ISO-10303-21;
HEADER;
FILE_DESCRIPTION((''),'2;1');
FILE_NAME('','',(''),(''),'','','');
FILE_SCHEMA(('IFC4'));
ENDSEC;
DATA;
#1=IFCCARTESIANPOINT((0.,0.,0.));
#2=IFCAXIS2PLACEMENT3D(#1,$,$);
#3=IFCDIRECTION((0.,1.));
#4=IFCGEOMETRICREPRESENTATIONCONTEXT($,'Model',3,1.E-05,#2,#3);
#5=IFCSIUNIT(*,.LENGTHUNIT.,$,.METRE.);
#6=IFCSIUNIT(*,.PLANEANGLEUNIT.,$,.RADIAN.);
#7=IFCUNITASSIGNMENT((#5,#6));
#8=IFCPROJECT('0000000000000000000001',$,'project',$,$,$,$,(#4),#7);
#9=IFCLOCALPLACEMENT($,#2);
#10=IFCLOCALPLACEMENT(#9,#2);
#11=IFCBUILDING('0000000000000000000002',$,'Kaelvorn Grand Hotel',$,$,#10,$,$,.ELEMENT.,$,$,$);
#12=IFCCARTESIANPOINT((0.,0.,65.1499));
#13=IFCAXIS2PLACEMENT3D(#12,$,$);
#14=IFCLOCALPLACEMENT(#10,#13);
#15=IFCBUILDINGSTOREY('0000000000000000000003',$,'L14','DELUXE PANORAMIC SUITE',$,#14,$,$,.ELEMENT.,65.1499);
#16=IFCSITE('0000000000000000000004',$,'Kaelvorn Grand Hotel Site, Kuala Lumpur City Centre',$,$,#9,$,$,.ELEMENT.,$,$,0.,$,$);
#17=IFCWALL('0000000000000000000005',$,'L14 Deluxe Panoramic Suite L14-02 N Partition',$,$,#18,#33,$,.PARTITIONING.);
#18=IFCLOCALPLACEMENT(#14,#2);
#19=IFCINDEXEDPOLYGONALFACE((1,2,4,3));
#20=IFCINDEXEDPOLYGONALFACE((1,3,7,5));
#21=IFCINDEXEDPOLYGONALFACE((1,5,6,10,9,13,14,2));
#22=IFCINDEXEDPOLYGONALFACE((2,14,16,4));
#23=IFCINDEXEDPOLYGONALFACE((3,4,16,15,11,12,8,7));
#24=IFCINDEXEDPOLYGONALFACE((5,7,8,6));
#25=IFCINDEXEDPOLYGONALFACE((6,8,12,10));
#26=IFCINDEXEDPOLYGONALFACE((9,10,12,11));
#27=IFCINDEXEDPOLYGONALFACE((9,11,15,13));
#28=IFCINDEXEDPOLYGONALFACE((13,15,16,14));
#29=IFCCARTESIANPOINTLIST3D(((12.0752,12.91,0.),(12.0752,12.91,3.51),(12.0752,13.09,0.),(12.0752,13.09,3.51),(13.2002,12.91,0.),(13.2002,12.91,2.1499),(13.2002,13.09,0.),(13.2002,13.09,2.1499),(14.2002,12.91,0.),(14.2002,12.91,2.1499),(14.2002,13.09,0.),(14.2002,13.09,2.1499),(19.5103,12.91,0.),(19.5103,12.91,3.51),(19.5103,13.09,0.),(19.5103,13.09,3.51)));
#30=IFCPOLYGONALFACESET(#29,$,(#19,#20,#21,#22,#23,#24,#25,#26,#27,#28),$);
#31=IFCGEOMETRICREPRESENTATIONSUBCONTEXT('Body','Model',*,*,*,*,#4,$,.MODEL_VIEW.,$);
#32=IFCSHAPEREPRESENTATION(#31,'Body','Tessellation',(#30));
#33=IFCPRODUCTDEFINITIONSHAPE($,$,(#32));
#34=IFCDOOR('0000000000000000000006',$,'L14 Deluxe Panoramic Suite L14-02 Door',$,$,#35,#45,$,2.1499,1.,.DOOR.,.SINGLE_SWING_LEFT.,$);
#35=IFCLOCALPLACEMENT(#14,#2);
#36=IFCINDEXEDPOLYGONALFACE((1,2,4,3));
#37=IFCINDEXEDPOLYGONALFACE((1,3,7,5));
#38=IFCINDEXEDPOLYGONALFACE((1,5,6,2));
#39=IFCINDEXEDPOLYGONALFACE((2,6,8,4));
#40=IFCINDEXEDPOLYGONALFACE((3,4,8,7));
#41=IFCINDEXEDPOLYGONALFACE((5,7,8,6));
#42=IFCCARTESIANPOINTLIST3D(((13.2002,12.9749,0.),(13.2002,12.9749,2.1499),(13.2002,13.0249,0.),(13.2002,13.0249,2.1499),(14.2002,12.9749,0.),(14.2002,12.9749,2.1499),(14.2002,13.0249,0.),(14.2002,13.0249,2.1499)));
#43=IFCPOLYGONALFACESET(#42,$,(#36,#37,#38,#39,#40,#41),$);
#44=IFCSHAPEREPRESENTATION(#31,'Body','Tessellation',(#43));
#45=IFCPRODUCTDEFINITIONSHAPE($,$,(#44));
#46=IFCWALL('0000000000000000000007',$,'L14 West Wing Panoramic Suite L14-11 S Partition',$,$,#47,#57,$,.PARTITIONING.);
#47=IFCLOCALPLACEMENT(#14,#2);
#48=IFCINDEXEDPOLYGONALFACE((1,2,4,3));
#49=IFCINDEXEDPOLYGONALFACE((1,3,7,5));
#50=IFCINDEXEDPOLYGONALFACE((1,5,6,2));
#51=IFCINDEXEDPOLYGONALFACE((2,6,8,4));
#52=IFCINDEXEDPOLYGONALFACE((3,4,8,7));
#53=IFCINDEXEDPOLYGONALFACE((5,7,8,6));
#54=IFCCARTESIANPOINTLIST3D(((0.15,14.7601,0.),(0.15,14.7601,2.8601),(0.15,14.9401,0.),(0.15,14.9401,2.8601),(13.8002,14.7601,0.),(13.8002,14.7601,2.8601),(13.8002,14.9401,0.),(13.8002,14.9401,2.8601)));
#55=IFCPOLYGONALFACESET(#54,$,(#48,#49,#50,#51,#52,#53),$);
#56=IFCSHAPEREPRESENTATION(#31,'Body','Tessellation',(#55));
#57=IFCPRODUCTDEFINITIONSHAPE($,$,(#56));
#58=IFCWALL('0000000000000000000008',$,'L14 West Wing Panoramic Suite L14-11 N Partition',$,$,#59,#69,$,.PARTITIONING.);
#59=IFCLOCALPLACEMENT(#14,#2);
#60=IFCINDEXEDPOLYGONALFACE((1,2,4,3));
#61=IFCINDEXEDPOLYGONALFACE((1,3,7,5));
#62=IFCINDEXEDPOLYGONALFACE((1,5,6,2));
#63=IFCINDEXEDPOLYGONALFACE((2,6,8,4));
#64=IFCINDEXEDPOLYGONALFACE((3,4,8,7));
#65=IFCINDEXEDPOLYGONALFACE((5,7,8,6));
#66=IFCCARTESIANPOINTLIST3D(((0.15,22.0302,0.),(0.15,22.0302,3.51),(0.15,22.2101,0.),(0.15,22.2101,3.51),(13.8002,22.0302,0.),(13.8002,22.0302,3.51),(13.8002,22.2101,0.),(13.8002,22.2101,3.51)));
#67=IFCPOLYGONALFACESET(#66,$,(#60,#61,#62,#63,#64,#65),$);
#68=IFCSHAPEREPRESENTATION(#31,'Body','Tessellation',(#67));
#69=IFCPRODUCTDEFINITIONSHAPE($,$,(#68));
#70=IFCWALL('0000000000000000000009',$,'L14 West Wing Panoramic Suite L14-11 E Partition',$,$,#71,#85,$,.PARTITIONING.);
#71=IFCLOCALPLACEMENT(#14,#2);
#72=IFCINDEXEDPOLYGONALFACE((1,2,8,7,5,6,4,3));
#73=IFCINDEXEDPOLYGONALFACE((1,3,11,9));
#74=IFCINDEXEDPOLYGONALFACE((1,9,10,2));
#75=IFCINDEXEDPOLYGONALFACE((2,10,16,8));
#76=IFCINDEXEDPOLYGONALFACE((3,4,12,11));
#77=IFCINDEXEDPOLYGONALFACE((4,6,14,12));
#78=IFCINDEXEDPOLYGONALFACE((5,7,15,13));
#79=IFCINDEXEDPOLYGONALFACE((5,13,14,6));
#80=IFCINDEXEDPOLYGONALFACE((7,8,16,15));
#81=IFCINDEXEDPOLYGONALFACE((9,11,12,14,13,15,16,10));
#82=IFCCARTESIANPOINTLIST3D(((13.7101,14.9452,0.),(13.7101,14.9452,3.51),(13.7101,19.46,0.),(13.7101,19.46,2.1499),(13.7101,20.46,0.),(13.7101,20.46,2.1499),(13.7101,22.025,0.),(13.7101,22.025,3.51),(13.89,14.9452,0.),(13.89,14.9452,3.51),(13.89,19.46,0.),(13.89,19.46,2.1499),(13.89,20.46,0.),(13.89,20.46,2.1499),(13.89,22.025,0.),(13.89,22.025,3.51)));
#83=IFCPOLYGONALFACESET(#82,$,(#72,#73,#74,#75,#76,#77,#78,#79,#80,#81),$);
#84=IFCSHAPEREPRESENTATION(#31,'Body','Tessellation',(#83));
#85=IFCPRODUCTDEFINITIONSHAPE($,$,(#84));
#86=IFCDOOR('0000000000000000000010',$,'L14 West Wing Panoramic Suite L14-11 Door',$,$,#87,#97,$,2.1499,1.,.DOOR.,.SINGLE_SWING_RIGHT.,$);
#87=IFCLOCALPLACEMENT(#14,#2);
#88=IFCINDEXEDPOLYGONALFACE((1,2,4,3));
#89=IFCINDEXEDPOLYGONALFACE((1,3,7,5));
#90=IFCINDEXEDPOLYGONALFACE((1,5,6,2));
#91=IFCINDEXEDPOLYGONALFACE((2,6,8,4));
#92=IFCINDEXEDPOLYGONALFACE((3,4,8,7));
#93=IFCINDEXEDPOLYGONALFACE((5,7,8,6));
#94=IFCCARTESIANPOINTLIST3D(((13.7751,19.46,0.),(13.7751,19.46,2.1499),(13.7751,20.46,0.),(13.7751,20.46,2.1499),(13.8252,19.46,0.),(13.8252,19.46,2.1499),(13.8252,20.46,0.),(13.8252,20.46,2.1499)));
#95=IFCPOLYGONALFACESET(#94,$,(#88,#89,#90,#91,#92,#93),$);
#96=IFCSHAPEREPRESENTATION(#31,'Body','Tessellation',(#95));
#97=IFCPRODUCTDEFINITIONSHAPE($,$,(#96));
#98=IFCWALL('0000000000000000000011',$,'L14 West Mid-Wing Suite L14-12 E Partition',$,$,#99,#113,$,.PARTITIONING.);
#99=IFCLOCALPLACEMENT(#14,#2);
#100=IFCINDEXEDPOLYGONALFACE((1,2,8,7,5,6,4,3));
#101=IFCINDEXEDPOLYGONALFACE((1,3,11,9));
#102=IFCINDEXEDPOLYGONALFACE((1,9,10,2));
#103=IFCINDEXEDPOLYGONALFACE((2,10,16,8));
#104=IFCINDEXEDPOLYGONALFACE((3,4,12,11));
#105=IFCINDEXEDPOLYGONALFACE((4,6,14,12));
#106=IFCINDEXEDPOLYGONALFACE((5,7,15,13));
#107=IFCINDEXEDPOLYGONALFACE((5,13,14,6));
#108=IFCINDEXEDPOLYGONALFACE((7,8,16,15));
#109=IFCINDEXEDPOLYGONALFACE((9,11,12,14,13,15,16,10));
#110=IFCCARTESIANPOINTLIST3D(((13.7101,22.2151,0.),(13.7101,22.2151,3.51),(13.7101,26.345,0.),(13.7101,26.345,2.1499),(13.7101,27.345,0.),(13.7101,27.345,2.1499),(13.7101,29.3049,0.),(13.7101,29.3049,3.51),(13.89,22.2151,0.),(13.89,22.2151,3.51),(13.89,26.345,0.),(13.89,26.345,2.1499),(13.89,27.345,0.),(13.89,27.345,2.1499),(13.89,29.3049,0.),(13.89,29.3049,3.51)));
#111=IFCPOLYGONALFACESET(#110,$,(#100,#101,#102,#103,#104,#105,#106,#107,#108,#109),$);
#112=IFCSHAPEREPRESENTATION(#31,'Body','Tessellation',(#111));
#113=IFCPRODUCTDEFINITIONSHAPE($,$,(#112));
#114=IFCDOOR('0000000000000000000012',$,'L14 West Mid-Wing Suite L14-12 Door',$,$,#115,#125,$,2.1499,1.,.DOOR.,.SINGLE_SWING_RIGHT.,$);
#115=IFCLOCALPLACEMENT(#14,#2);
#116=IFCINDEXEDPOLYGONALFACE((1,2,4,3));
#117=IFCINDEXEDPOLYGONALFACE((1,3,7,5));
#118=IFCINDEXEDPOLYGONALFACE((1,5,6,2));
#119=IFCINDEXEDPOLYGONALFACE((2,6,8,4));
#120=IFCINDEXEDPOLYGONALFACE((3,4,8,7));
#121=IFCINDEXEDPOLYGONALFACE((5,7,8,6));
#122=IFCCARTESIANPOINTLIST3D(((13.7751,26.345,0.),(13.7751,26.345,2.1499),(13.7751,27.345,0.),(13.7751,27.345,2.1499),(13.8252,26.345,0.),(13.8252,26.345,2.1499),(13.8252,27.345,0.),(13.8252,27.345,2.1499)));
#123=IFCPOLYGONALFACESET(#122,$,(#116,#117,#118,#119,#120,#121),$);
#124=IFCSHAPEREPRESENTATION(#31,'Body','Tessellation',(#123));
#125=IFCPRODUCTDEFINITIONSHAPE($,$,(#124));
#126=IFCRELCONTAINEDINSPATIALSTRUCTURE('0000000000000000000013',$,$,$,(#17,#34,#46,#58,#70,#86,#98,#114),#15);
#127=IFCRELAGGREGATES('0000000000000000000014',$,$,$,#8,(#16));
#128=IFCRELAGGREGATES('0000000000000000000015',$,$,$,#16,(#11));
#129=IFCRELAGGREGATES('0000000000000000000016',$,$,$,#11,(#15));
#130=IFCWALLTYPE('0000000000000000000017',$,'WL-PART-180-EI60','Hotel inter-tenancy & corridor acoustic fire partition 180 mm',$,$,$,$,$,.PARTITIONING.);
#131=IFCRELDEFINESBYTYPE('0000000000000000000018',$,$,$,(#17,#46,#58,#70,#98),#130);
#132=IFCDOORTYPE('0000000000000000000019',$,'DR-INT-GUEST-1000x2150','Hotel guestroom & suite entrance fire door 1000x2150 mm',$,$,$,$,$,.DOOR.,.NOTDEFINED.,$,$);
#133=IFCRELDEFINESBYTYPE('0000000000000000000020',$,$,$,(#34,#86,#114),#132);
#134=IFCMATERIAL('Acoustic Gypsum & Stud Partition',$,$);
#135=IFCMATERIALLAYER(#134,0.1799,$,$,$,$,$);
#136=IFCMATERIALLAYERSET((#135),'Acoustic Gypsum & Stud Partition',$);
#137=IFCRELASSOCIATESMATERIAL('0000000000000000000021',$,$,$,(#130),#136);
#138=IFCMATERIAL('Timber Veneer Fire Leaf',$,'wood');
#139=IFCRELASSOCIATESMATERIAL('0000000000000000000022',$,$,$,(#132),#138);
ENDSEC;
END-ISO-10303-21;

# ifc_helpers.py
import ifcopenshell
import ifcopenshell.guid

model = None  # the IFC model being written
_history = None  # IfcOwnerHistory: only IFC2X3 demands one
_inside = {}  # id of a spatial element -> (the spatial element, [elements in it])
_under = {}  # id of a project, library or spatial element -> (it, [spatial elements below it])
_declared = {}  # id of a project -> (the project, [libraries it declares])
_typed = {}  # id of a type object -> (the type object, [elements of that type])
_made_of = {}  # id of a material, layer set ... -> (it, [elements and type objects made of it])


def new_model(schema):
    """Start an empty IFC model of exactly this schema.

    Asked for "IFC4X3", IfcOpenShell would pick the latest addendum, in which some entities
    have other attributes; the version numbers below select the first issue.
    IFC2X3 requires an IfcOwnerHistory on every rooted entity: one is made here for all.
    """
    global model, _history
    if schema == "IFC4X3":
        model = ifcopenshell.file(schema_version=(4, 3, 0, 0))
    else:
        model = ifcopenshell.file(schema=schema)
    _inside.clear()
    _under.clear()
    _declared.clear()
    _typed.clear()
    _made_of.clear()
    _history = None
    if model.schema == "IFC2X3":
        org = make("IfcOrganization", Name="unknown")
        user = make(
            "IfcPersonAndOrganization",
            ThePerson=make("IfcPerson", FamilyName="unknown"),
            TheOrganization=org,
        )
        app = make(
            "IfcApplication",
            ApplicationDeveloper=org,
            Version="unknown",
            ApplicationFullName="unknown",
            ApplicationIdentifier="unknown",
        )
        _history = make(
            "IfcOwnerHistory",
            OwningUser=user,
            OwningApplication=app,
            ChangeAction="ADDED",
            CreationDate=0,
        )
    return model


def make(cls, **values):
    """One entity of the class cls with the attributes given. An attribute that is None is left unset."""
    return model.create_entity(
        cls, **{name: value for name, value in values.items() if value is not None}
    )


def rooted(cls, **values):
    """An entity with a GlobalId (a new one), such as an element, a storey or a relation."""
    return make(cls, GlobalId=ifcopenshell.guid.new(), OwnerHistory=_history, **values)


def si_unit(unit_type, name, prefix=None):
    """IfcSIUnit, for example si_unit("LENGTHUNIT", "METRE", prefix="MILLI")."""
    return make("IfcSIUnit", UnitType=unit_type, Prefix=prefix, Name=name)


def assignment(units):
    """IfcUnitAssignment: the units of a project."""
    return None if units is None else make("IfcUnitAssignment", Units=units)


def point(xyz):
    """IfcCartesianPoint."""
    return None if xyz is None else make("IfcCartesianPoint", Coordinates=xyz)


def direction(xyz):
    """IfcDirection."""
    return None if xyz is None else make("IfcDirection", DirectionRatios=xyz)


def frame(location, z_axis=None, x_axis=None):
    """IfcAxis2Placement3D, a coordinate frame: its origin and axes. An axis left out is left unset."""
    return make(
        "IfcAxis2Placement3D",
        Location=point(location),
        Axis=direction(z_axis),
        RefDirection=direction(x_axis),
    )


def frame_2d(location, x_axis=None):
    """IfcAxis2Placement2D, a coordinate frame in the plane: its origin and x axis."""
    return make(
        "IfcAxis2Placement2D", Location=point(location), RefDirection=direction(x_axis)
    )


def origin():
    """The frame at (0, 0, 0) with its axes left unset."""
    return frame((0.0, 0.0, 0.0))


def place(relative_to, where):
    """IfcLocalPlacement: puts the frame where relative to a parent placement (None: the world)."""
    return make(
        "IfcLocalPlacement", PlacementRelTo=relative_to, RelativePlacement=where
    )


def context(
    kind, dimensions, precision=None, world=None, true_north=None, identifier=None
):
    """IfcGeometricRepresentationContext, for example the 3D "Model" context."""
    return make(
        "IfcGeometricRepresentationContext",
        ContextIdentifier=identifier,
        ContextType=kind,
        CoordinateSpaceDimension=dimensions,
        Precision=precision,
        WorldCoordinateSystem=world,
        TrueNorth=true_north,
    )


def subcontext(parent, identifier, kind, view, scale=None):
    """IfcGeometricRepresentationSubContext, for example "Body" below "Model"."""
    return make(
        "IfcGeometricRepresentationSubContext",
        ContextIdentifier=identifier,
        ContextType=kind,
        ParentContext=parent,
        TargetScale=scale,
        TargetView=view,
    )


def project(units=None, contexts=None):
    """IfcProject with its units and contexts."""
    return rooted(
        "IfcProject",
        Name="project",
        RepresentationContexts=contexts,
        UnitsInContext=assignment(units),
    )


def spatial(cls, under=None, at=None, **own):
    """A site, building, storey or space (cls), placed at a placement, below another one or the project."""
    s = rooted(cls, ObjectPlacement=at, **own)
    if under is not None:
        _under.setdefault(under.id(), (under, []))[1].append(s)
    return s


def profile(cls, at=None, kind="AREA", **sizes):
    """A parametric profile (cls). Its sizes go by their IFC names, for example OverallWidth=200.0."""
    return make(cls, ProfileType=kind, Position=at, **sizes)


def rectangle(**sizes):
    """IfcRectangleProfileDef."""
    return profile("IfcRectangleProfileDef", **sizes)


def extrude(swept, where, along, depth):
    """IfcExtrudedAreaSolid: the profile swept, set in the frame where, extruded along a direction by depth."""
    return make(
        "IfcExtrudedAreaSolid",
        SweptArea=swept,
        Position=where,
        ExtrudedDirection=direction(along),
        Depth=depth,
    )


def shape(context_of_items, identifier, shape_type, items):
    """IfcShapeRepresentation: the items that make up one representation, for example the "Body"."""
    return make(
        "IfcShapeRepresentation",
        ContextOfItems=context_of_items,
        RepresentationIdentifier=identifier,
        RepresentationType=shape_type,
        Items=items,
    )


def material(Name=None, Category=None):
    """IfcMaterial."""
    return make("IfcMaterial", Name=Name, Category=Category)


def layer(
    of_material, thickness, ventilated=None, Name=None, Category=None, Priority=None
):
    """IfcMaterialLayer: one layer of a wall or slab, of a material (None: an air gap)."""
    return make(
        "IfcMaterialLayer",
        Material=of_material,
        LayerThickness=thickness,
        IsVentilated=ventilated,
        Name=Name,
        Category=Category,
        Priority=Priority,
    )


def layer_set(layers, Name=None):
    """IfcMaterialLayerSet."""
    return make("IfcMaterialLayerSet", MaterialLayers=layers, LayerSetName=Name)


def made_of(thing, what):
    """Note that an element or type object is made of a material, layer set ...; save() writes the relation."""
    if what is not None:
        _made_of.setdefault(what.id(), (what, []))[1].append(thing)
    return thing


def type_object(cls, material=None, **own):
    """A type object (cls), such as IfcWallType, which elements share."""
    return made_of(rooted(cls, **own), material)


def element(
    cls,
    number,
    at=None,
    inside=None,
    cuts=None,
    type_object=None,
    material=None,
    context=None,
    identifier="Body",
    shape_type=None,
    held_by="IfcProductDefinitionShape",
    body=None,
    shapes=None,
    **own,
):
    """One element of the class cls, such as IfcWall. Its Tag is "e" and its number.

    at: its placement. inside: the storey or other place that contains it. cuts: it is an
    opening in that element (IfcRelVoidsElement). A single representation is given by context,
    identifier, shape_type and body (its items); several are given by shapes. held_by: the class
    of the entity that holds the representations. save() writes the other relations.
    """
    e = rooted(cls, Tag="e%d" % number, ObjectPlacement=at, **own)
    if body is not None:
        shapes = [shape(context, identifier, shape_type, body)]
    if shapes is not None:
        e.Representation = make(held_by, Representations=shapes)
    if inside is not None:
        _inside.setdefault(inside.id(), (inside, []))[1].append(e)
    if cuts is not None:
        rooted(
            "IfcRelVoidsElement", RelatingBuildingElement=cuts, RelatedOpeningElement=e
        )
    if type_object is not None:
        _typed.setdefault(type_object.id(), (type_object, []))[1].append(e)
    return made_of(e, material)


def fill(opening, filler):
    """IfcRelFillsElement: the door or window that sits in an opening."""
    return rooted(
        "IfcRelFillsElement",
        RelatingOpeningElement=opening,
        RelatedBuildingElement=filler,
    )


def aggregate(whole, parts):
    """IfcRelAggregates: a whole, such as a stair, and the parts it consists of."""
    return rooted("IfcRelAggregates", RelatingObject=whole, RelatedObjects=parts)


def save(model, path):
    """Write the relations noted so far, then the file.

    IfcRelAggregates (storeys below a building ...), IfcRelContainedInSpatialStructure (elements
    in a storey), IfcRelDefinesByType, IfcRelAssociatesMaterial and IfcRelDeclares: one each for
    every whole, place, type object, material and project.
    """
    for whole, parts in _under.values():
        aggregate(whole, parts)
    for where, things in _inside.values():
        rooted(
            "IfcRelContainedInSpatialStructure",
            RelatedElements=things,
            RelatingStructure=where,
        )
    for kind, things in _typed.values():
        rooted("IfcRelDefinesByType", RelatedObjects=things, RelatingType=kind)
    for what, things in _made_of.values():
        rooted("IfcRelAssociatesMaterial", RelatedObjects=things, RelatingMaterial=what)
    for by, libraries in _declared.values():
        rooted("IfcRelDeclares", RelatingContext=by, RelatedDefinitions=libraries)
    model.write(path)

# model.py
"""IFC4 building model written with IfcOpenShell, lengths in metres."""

from ifc_helpers import new_model, si_unit, direction, frame, frame_2d, origin, place, context, subcontext, project, spatial, rectangle, extrude, material, layer, layer_set, type_object, element, fill, save


model = new_model("IFC4")

# Units and contexts
model_context = context("Model", 3, precision=1e-05, world=origin(), true_north=direction((0.0, 1.0)))
body_context = subcontext(model_context, "Body", "Model", "MODEL_VIEW")
ifc_project = project(units=[si_unit("LENGTHUNIT", "METRE"), si_unit("PLANEANGLEUNIT", "RADIAN")], contexts=[model_context])

# Site, building, storey
site_placement = place(None, origin())
site = spatial("IfcSite", under=ifc_project, at=site_placement, Name="Kaelvorn Grand Hotel Site, Kuala Lumpur City Centre", CompositionType="ELEMENT", RefElevation=0.0)
building_placement = place(site_placement, origin())
building = spatial("IfcBuilding", under=site, at=building_placement, Name="Kaelvorn Grand Hotel", CompositionType="ELEMENT")
storey_placement = place(building_placement, frame((0.0, 0.0, 65.1499)))
storey = spatial("IfcBuildingStorey", under=building, at=storey_placement, Name="L14", Description="DELUXE PANORAMIC SUITE", CompositionType="ELEMENT", Elevation=65.1499)

# Wall, opening, door
ifc_material_1 = material(Name="Acoustic Gypsum & Stud Partition")
ifc_layer_1 = layer(ifc_material_1, 0.1799)
ifc_layer_set_1 = layer_set([ifc_layer_1], Name="Acoustic Gypsum & Stud Partition")
wall_type_1 = type_object("IfcWallType", Name="WL-PART-180-EI60", Description="Hotel inter-tenancy & corridor acoustic fire partition 180 mm", PredefinedType="PARTITIONING", material=ifc_layer_set_1)
ifc_material_2 = material(Name="Timber Veneer Fire Leaf", Category="wood")
door_type_1 = type_object("IfcDoorType", Name="DR-INT-GUEST-1000x2150", Description="Hotel guestroom & suite entrance fire door 1000x2150 mm", OperationType="NOTDEFINED", PredefinedType="DOOR", material=ifc_material_2)
wall_1_placement = place(storey_placement, frame((12.0752, 13.0, 0.0), z_axis=(0.0, 0.0, 1.0), x_axis=(1.0, 0.0, 0.0)))
wall_1 = element("IfcWall", 1, at=wall_1_placement, inside=storey, type_object=wall_type_1, Name="L14 Deluxe Panoramic Suite L14-02 N Partition", PredefinedType="PARTITIONING", context=body_context, shape_type="SweptSolid", body=[
    extrude(rectangle(XDim=7.4351, YDim=0.1799, at=frame_2d((3.7175, 0.0))), origin(), (0.0, 0.0, 1.0), 3.51),
])
opening_1_placement = place(wall_1_placement, frame((1.125, 0.0, 0.0)))
opening_1 = element("IfcOpeningElement", 2, at=opening_1_placement, cuts=wall_1, PredefinedType="OPENING", context=body_context, shape_type="SweptSolid", body=[
    extrude(rectangle(XDim=1.0, YDim=2.1499, at=frame_2d((0.5, 1.075))), frame((0.0, 0.1001, 0.0), z_axis=(0.0, -1.0, 0.0), x_axis=(1.0, 0.0, 0.0)), (0.0, 0.0, 1.0), 0.2),
])
door_1_placement = place(opening_1_placement, origin())
door_1 = element("IfcDoor", 3, at=door_1_placement, inside=storey, type_object=door_type_1, Name="L14 Deluxe Panoramic Suite L14-02 Door", OperationType="SINGLE_SWING_LEFT", OverallHeight=2.1499, OverallWidth=1.0, PredefinedType="DOOR", context=body_context, shape_type="SweptSolid", body=[
    extrude(rectangle(XDim=1.0, YDim=2.1499, at=frame_2d((0.5, 1.075))), frame((0.0, 0.0249, 0.0), z_axis=(0.0, -1.0, 0.0), x_axis=(1.0, 0.0, 0.0)), (0.0, 0.0, 1.0), 0.05),
])
fill(opening_1, door_1)

# Walls
wall_2_placement = place(storey_placement, frame((0.1499, 14.8501, 0.0), z_axis=(0.0, 0.0, 1.0), x_axis=(1.0, 0.0, 0.0)))
element("IfcWall", 4, at=wall_2_placement, inside=storey, type_object=wall_type_1, Name="L14 West Wing Panoramic Suite L14-11 S Partition", PredefinedType="PARTITIONING", context=body_context, shape_type="SweptSolid", body=[
    extrude(rectangle(XDim=13.6501, YDim=0.1799, at=frame_2d((6.8252, 0.0))), origin(), (0.0, 0.0, 1.0), 2.8601),
])
wall_3_placement = place(storey_placement, frame((0.1499, 22.1201, 0.0), z_axis=(0.0, 0.0, 1.0), x_axis=(1.0, 0.0, 0.0)))
element("IfcWall", 5, at=wall_3_placement, inside=storey, type_object=wall_type_1, Name="L14 West Wing Panoramic Suite L14-11 N Partition", PredefinedType="PARTITIONING", context=body_context, shape_type="SweptSolid", body=[
    extrude(rectangle(XDim=13.6501, YDim=0.1799, at=frame_2d((6.8252, 0.0))), origin(), (0.0, 0.0, 1.0), 3.51),
])

# Walls, openings, doors
wall_4_placement = place(storey_placement, frame((13.8, 14.9451, 0.0), z_axis=(0.0, 0.0, 1.0), x_axis=(0.0, 1.0, 0.0)))
wall_4 = element("IfcWall", 6, at=wall_4_placement, inside=storey, type_object=wall_type_1, Name="L14 West Wing Panoramic Suite L14-11 E Partition", PredefinedType="PARTITIONING", context=body_context, shape_type="SweptSolid", body=[
    extrude(rectangle(XDim=7.0798, YDim=0.1799, at=frame_2d((3.54, 0.0))), origin(), (0.0, 0.0, 1.0), 3.51),
])
opening_2_placement = place(wall_4_placement, frame((4.5149, 0.0, 0.0)))
opening_2 = element("IfcOpeningElement", 7, at=opening_2_placement, cuts=wall_4, PredefinedType="OPENING", context=body_context, shape_type="SweptSolid", body=[
    extrude(rectangle(XDim=1.0, YDim=2.1499, at=frame_2d((0.5, 1.075))), frame((0.0, 0.1001, 0.0), z_axis=(0.0, -1.0, 0.0), x_axis=(1.0, 0.0, 0.0)), (0.0, 0.0, 1.0), 0.2),
])
door_2_placement = place(opening_2_placement, origin())
door_2 = element("IfcDoor", 8, at=door_2_placement, inside=storey, type_object=door_type_1, Name="L14 West Wing Panoramic Suite L14-11 Door", OperationType="SINGLE_SWING_RIGHT", OverallHeight=2.1499, OverallWidth=1.0, PredefinedType="DOOR", context=body_context, shape_type="SweptSolid", body=[
    extrude(rectangle(XDim=1.0, YDim=2.1499, at=frame_2d((0.5, 1.075))), frame((0.0, 0.0249, 0.0), z_axis=(0.0, -1.0, 0.0), x_axis=(1.0, 0.0, 0.0)), (0.0, 0.0, 1.0), 0.05),
])
fill(opening_2, door_2)
wall_5_placement = place(storey_placement, frame((13.8, 22.2151, 0.0), z_axis=(0.0, 0.0, 1.0), x_axis=(0.0, 1.0, 0.0)))
wall_5 = element("IfcWall", 9, at=wall_5_placement, inside=storey, type_object=wall_type_1, Name="L14 West Mid-Wing Suite L14-12 E Partition", PredefinedType="PARTITIONING", context=body_context, shape_type="SweptSolid", body=[
    extrude(rectangle(XDim=7.0898, YDim=0.1799, at=frame_2d((3.5449, 0.0))), origin(), (0.0, 0.0, 1.0), 3.51),
])
opening_3_placement = place(wall_5_placement, frame((4.1299, 0.0, 0.0)))
opening_3 = element("IfcOpeningElement", 10, at=opening_3_placement, cuts=wall_5, PredefinedType="OPENING", context=body_context, shape_type="SweptSolid", body=[
    extrude(rectangle(XDim=1.0, YDim=2.1499, at=frame_2d((0.5, 1.075))), frame((0.0, 0.1001, 0.0), z_axis=(0.0, -1.0, 0.0), x_axis=(1.0, 0.0, 0.0)), (0.0, 0.0, 1.0), 0.2),
])
door_3_placement = place(opening_3_placement, origin())
door_3 = element("IfcDoor", 11, at=door_3_placement, inside=storey, type_object=door_type_1, Name="L14 West Mid-Wing Suite L14-12 Door", OperationType="SINGLE_SWING_RIGHT", OverallHeight=2.1499, OverallWidth=1.0, PredefinedType="DOOR", context=body_context, shape_type="SweptSolid", body=[
    extrude(rectangle(XDim=1.0, YDim=2.1499, at=frame_2d((0.5, 1.075))), frame((0.0, 0.0249, 0.0), z_axis=(0.0, -1.0, 0.0), x_axis=(1.0, 0.0, 0.0)), (0.0, 0.0, 1.0), 0.05),
])
fill(opening_3, door_3)

save(model, "model.ifc")
